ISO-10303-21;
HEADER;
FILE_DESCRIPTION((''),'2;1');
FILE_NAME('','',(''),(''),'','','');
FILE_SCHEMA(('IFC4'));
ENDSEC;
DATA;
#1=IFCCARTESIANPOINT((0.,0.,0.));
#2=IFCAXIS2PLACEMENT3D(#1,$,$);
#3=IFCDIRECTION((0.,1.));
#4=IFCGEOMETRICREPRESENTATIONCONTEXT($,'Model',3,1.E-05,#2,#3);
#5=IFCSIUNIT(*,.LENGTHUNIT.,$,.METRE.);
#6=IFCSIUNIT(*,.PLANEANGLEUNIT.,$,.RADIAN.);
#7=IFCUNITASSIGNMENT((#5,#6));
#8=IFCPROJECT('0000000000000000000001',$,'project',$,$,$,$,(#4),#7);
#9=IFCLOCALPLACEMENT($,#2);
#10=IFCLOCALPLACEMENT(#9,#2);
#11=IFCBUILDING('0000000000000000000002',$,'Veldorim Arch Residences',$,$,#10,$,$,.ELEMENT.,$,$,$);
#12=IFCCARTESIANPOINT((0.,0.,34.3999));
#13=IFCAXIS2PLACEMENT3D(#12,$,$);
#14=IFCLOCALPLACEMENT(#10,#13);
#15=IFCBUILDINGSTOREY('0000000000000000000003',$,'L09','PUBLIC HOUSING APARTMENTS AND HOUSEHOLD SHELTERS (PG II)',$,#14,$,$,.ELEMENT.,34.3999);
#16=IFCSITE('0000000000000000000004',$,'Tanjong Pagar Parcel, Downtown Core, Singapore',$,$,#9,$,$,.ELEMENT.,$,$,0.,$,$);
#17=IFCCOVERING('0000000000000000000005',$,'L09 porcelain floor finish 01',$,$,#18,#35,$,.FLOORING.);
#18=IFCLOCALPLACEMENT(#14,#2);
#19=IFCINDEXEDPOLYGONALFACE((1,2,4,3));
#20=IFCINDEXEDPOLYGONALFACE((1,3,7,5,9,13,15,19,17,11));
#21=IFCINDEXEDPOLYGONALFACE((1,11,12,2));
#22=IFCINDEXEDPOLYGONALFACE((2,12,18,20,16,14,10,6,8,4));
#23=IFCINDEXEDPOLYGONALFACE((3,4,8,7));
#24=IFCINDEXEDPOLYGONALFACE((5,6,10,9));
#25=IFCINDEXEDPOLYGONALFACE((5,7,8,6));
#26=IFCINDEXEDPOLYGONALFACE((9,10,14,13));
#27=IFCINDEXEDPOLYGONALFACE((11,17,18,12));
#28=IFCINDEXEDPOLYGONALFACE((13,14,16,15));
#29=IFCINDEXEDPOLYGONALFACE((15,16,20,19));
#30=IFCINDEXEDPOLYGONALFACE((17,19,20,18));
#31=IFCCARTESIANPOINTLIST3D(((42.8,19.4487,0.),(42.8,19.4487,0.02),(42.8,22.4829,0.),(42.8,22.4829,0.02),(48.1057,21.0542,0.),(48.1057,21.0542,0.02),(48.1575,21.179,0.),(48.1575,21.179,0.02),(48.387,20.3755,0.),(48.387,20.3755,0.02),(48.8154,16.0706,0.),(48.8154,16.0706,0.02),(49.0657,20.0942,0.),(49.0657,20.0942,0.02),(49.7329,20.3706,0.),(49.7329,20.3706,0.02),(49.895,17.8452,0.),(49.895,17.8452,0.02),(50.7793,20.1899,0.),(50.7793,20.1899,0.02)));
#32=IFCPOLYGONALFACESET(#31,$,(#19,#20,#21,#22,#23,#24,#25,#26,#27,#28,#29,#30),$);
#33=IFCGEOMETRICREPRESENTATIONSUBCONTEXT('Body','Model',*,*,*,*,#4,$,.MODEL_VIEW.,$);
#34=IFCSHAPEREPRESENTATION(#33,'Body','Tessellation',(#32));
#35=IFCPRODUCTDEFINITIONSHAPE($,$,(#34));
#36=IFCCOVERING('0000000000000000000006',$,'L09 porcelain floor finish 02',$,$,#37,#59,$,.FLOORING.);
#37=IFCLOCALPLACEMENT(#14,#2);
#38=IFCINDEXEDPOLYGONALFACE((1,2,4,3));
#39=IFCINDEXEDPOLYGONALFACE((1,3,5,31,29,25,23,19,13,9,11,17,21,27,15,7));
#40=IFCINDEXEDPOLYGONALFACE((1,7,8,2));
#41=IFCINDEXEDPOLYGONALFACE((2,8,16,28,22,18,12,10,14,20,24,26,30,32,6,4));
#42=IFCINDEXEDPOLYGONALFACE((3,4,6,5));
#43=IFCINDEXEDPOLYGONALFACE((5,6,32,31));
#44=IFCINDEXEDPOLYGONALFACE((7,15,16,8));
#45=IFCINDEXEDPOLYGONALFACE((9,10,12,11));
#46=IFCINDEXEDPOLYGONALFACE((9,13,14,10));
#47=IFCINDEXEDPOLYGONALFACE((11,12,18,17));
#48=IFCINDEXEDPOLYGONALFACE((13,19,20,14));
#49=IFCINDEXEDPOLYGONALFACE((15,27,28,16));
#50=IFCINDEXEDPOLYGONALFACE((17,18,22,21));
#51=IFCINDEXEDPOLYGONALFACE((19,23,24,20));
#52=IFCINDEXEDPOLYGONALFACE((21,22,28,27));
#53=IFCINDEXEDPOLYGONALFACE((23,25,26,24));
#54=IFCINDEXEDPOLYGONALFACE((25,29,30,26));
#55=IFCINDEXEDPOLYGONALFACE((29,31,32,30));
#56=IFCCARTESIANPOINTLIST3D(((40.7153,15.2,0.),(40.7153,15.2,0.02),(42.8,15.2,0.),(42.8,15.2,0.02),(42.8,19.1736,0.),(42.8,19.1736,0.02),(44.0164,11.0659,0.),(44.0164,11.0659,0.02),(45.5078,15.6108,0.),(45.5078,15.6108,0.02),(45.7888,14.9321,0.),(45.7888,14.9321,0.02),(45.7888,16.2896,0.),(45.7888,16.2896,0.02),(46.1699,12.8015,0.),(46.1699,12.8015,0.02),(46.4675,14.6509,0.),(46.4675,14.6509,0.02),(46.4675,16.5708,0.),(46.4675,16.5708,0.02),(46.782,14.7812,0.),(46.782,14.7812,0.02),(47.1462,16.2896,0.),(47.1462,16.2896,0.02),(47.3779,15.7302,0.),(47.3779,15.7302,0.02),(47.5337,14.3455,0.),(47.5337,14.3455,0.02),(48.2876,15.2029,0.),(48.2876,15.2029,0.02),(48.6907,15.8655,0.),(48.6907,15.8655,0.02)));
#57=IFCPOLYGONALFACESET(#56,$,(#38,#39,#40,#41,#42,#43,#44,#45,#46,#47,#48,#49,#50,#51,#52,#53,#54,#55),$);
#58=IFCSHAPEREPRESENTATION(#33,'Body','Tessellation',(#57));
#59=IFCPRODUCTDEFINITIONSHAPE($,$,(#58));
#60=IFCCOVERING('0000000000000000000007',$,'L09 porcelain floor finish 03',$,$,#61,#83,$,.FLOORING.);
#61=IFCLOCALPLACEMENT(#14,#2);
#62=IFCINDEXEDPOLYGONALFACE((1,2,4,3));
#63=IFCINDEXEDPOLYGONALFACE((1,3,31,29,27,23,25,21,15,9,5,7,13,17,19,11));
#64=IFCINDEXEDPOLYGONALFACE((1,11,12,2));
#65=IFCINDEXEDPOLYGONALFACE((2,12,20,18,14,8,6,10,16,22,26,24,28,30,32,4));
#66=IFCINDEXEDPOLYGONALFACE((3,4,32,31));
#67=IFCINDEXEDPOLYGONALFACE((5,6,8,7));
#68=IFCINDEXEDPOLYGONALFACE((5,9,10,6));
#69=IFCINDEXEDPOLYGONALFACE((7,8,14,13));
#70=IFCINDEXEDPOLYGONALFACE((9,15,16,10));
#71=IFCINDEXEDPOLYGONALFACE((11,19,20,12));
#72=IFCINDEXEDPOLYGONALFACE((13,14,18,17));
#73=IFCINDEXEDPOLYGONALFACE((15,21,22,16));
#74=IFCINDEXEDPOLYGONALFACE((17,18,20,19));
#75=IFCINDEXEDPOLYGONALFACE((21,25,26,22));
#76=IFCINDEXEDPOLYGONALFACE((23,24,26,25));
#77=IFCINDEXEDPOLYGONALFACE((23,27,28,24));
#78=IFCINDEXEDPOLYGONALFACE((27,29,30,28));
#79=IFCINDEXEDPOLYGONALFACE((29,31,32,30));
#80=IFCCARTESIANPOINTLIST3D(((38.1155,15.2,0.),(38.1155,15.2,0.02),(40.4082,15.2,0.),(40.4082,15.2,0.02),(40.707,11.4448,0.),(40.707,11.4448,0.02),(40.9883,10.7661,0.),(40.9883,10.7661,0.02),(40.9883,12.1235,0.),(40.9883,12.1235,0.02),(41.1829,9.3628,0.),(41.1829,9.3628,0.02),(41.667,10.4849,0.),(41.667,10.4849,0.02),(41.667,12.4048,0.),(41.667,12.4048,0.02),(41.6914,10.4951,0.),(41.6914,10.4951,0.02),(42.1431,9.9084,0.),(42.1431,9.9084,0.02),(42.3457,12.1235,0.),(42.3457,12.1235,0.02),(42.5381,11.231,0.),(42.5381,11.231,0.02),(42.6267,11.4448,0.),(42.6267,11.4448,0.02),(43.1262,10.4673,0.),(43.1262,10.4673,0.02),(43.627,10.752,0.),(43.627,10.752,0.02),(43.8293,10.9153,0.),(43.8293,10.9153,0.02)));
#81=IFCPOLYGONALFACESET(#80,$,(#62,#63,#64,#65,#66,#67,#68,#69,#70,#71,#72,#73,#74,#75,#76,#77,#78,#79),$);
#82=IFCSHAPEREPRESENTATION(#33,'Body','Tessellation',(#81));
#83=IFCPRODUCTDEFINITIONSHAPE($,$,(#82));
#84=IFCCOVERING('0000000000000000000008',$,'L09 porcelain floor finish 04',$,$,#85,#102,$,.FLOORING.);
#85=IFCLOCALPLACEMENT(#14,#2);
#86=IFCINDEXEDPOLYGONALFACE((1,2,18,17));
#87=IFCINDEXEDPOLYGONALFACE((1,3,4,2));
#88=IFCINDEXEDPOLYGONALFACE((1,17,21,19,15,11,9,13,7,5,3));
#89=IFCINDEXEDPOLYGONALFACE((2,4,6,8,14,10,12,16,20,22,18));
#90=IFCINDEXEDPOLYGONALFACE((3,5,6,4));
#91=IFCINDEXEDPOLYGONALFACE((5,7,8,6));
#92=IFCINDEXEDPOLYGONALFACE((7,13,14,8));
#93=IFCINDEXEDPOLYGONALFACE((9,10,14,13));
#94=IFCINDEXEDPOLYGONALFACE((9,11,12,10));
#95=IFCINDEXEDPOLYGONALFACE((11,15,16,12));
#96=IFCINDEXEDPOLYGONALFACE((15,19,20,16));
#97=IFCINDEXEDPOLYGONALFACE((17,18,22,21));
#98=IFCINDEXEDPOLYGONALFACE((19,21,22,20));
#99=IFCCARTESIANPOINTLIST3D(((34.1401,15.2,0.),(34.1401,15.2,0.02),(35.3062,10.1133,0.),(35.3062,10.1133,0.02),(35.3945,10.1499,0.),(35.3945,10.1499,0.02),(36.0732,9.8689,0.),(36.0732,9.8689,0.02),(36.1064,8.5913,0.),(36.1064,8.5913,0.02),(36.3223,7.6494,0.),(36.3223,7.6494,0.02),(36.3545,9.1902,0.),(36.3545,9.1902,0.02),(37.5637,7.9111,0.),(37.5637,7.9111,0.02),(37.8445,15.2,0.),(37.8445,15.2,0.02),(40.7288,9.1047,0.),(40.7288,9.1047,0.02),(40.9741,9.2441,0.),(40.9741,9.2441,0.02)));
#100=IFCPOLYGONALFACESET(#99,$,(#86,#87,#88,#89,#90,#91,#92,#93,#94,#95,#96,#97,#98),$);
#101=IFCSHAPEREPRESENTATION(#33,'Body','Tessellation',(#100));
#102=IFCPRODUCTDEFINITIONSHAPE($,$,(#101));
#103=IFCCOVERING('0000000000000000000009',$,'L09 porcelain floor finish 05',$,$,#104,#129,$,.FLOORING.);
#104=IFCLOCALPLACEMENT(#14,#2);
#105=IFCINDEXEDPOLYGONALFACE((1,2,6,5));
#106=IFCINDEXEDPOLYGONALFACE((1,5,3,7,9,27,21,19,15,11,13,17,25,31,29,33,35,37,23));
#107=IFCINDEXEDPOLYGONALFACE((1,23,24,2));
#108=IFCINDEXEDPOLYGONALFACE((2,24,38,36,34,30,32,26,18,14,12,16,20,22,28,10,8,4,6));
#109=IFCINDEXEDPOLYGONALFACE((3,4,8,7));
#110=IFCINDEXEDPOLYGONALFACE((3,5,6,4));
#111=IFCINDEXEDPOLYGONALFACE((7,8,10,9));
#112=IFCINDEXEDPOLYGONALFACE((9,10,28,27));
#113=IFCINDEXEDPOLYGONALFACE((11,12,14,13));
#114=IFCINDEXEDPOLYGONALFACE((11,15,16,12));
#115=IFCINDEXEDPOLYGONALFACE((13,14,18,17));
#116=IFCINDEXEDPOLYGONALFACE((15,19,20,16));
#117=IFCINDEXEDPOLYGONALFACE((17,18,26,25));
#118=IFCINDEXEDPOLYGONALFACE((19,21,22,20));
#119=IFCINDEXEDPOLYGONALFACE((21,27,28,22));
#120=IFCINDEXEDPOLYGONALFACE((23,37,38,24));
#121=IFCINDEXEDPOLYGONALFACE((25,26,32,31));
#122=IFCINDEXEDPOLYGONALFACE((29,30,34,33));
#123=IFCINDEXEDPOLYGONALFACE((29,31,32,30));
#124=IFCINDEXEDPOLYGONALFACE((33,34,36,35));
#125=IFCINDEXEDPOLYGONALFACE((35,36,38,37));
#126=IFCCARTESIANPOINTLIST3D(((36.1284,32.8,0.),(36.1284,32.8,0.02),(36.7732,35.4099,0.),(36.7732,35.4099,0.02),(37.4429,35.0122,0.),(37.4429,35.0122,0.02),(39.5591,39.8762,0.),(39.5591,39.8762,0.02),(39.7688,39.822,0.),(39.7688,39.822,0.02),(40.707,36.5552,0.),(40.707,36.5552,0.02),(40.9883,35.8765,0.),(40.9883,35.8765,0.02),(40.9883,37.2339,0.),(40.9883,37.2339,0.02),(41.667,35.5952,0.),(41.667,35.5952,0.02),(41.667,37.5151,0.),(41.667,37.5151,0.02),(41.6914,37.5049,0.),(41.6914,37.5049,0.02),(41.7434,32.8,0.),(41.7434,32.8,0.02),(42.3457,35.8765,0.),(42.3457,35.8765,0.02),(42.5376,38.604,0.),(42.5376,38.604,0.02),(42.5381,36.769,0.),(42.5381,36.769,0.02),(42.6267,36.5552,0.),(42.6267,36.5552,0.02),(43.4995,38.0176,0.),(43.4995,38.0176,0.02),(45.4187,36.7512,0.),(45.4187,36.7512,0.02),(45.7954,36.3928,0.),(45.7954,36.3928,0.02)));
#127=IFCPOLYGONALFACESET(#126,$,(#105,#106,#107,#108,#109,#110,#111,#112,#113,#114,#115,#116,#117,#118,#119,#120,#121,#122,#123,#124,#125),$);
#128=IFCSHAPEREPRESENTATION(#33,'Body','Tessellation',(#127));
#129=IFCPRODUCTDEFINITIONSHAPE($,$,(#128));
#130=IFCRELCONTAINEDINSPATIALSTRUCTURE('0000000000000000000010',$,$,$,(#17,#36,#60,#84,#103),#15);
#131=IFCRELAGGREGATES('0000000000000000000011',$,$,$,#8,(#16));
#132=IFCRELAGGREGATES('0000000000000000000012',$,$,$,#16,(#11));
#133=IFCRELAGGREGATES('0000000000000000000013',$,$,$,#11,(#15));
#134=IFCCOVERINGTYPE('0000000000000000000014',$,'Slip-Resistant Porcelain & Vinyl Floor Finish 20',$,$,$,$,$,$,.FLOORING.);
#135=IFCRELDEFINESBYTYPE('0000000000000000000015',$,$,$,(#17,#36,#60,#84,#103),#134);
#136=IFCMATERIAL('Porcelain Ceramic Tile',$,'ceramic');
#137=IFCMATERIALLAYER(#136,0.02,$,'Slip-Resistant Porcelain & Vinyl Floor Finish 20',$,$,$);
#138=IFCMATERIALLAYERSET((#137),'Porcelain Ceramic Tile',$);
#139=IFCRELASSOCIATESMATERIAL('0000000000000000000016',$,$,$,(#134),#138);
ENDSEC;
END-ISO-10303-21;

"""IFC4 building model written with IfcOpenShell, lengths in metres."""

from ifc_helpers import new_model, si_unit, direction, frame, origin, place, context, subcontext, project, spatial, polyline, outline, extrude, material, layer, layer_set, type_object, element, save


model = new_model("IFC4")

# Units and contexts
model_context = context("Model", 3, precision=1e-05, world=origin(), true_north=direction((0.0, 1.0)))
body_context = subcontext(model_context, "Body", "Model", "MODEL_VIEW")
ifc_project = project(units=[si_unit("LENGTHUNIT", "METRE"), si_unit("PLANEANGLEUNIT", "RADIAN")], contexts=[model_context])

# Site, building, storey
site_placement = place(None, origin())
site = spatial("IfcSite", under=ifc_project, at=site_placement, Name="Tanjong Pagar Parcel, Downtown Core, Singapore", CompositionType="ELEMENT", RefElevation=0.0)
building_placement = place(site_placement, origin())
building = spatial("IfcBuilding", under=site, at=building_placement, Name="Veldorim Arch Residences", CompositionType="ELEMENT")
storey_placement = place(building_placement, frame((0.0, 0.0, 34.3999)))
storey = spatial("IfcBuildingStorey", under=building, at=storey_placement, Name="L09", Description="PUBLIC HOUSING APARTMENTS AND HOUSEHOLD SHELTERS (PG II)", CompositionType="ELEMENT", Elevation=34.3999)

# Coverings
ifc_material_1 = material(Name="Porcelain Ceramic Tile", Category="ceramic")
ifc_layer_1 = layer(ifc_material_1, 0.02, Name="Slip-Resistant Porcelain & Vinyl Floor Finish 20")
ifc_layer_set_1 = layer_set([ifc_layer_1], Name="Porcelain Ceramic Tile")
covering_type_1 = type_object("IfcCoveringType", Name="Slip-Resistant Porcelain & Vinyl Floor Finish 20", PredefinedType="FLOORING", material=ifc_layer_set_1)
covering_1_placement = place(storey_placement, origin())
element("IfcCovering", 1, at=covering_1_placement, inside=storey, type_object=covering_type_1, Name="L09 porcelain floor finish 01", PredefinedType="FLOORING", context=body_context, shape_type="SweptSolid", body=[
    extrude(outline(polyline([(49.0657, 20.0942), (49.7329, 20.3706), (50.7793, 20.1899), (49.895, 17.8452), (48.8154, 16.0706), (42.8, 19.4487), (42.8, 22.4829), (48.1575, 21.179), (48.1057, 21.0542), (48.387, 20.3755), (49.0657, 20.0942)])), origin(), (0.0, 0.0, 1.0), 0.02),
])
covering_2_placement = place(storey_placement, origin())
element("IfcCovering", 2, at=covering_2_placement, inside=storey, type_object=covering_type_1, Name="L09 porcelain floor finish 02", PredefinedType="FLOORING", context=body_context, shape_type="SweptSolid", body=[
    extrude(outline(polyline([(47.1462, 16.2896), (46.4675, 16.5708), (45.7888, 16.2896), (45.5078, 15.6108), (45.7888, 14.9321), (46.4675, 14.6509), (46.782, 14.7812), (47.5337, 14.3455), (46.1699, 12.8015), (44.0164, 11.0659), (40.7153, 15.2), (42.8, 15.2), (42.8, 19.1736), (48.6907, 15.8655), (48.2876, 15.2029), (47.3779, 15.7302), (47.1462, 16.2896)])), origin(), (0.0, 0.0, 1.0), 0.02),
])
covering_3_placement = place(storey_placement, origin())
element("IfcCovering", 3, at=covering_3_placement, inside=storey, type_object=covering_type_1, Name="L09 porcelain floor finish 03", PredefinedType="FLOORING", context=body_context, shape_type="SweptSolid", body=[
    extrude(outline(polyline([(42.1431, 9.9084), (41.1829, 9.3628), (38.1155, 15.2), (40.4082, 15.2), (43.8293, 10.9153), (43.627, 10.752), (43.1262, 10.4673), (42.5381, 11.231), (42.6267, 11.4448), (42.3457, 12.1235), (41.667, 12.4048), (40.9883, 12.1235), (40.707, 11.4448), (40.9883, 10.7661), (41.667, 10.4849), (41.6914, 10.4951), (42.1431, 9.9084)])), origin(), (0.0, 0.0, 1.0), 0.02),
])
covering_4_placement = place(storey_placement, origin())
element("IfcCovering", 4, at=covering_4_placement, inside=storey, type_object=covering_type_1, Name="L09 porcelain floor finish 04", PredefinedType="FLOORING", context=body_context, shape_type="SweptSolid", body=[
    extrude(outline(polyline([(36.3545, 9.1902), (36.0732, 9.8689), (35.3945, 10.1499), (35.3062, 10.1133), (34.1401, 15.2), (37.8445, 15.2), (40.9741, 9.2441), (40.7288, 9.1047), (37.5637, 7.9111), (36.3223, 7.6494), (36.1064, 8.5913), (36.3545, 9.1902)])), origin(), (0.0, 0.0, 1.0), 0.02),
])
covering_5_placement = place(storey_placement, origin())
element("IfcCovering", 5, at=covering_5_placement, inside=storey, type_object=covering_type_1, Name="L09 porcelain floor finish 05", PredefinedType="FLOORING", context=body_context, shape_type="SweptSolid", body=[
    extrude(outline(polyline([(41.667, 37.5151), (40.9883, 37.2339), (40.707, 36.5552), (40.9883, 35.8765), (41.667, 35.5952), (42.3457, 35.8765), (42.6267, 36.5552), (42.5381, 36.769), (43.4995, 38.0176), (45.4187, 36.7512), (45.7954, 36.3928), (41.7434, 32.8), (36.1284, 32.8), (37.4429, 35.0122), (36.7732, 35.4099), (39.5591, 39.8762), (39.7688, 39.822), (42.5376, 38.604), (41.6914, 37.5049), (41.667, 37.5151)])), origin(), (0.0, 0.0, 1.0), 0.02),
])

save(model, "model.ifc")
